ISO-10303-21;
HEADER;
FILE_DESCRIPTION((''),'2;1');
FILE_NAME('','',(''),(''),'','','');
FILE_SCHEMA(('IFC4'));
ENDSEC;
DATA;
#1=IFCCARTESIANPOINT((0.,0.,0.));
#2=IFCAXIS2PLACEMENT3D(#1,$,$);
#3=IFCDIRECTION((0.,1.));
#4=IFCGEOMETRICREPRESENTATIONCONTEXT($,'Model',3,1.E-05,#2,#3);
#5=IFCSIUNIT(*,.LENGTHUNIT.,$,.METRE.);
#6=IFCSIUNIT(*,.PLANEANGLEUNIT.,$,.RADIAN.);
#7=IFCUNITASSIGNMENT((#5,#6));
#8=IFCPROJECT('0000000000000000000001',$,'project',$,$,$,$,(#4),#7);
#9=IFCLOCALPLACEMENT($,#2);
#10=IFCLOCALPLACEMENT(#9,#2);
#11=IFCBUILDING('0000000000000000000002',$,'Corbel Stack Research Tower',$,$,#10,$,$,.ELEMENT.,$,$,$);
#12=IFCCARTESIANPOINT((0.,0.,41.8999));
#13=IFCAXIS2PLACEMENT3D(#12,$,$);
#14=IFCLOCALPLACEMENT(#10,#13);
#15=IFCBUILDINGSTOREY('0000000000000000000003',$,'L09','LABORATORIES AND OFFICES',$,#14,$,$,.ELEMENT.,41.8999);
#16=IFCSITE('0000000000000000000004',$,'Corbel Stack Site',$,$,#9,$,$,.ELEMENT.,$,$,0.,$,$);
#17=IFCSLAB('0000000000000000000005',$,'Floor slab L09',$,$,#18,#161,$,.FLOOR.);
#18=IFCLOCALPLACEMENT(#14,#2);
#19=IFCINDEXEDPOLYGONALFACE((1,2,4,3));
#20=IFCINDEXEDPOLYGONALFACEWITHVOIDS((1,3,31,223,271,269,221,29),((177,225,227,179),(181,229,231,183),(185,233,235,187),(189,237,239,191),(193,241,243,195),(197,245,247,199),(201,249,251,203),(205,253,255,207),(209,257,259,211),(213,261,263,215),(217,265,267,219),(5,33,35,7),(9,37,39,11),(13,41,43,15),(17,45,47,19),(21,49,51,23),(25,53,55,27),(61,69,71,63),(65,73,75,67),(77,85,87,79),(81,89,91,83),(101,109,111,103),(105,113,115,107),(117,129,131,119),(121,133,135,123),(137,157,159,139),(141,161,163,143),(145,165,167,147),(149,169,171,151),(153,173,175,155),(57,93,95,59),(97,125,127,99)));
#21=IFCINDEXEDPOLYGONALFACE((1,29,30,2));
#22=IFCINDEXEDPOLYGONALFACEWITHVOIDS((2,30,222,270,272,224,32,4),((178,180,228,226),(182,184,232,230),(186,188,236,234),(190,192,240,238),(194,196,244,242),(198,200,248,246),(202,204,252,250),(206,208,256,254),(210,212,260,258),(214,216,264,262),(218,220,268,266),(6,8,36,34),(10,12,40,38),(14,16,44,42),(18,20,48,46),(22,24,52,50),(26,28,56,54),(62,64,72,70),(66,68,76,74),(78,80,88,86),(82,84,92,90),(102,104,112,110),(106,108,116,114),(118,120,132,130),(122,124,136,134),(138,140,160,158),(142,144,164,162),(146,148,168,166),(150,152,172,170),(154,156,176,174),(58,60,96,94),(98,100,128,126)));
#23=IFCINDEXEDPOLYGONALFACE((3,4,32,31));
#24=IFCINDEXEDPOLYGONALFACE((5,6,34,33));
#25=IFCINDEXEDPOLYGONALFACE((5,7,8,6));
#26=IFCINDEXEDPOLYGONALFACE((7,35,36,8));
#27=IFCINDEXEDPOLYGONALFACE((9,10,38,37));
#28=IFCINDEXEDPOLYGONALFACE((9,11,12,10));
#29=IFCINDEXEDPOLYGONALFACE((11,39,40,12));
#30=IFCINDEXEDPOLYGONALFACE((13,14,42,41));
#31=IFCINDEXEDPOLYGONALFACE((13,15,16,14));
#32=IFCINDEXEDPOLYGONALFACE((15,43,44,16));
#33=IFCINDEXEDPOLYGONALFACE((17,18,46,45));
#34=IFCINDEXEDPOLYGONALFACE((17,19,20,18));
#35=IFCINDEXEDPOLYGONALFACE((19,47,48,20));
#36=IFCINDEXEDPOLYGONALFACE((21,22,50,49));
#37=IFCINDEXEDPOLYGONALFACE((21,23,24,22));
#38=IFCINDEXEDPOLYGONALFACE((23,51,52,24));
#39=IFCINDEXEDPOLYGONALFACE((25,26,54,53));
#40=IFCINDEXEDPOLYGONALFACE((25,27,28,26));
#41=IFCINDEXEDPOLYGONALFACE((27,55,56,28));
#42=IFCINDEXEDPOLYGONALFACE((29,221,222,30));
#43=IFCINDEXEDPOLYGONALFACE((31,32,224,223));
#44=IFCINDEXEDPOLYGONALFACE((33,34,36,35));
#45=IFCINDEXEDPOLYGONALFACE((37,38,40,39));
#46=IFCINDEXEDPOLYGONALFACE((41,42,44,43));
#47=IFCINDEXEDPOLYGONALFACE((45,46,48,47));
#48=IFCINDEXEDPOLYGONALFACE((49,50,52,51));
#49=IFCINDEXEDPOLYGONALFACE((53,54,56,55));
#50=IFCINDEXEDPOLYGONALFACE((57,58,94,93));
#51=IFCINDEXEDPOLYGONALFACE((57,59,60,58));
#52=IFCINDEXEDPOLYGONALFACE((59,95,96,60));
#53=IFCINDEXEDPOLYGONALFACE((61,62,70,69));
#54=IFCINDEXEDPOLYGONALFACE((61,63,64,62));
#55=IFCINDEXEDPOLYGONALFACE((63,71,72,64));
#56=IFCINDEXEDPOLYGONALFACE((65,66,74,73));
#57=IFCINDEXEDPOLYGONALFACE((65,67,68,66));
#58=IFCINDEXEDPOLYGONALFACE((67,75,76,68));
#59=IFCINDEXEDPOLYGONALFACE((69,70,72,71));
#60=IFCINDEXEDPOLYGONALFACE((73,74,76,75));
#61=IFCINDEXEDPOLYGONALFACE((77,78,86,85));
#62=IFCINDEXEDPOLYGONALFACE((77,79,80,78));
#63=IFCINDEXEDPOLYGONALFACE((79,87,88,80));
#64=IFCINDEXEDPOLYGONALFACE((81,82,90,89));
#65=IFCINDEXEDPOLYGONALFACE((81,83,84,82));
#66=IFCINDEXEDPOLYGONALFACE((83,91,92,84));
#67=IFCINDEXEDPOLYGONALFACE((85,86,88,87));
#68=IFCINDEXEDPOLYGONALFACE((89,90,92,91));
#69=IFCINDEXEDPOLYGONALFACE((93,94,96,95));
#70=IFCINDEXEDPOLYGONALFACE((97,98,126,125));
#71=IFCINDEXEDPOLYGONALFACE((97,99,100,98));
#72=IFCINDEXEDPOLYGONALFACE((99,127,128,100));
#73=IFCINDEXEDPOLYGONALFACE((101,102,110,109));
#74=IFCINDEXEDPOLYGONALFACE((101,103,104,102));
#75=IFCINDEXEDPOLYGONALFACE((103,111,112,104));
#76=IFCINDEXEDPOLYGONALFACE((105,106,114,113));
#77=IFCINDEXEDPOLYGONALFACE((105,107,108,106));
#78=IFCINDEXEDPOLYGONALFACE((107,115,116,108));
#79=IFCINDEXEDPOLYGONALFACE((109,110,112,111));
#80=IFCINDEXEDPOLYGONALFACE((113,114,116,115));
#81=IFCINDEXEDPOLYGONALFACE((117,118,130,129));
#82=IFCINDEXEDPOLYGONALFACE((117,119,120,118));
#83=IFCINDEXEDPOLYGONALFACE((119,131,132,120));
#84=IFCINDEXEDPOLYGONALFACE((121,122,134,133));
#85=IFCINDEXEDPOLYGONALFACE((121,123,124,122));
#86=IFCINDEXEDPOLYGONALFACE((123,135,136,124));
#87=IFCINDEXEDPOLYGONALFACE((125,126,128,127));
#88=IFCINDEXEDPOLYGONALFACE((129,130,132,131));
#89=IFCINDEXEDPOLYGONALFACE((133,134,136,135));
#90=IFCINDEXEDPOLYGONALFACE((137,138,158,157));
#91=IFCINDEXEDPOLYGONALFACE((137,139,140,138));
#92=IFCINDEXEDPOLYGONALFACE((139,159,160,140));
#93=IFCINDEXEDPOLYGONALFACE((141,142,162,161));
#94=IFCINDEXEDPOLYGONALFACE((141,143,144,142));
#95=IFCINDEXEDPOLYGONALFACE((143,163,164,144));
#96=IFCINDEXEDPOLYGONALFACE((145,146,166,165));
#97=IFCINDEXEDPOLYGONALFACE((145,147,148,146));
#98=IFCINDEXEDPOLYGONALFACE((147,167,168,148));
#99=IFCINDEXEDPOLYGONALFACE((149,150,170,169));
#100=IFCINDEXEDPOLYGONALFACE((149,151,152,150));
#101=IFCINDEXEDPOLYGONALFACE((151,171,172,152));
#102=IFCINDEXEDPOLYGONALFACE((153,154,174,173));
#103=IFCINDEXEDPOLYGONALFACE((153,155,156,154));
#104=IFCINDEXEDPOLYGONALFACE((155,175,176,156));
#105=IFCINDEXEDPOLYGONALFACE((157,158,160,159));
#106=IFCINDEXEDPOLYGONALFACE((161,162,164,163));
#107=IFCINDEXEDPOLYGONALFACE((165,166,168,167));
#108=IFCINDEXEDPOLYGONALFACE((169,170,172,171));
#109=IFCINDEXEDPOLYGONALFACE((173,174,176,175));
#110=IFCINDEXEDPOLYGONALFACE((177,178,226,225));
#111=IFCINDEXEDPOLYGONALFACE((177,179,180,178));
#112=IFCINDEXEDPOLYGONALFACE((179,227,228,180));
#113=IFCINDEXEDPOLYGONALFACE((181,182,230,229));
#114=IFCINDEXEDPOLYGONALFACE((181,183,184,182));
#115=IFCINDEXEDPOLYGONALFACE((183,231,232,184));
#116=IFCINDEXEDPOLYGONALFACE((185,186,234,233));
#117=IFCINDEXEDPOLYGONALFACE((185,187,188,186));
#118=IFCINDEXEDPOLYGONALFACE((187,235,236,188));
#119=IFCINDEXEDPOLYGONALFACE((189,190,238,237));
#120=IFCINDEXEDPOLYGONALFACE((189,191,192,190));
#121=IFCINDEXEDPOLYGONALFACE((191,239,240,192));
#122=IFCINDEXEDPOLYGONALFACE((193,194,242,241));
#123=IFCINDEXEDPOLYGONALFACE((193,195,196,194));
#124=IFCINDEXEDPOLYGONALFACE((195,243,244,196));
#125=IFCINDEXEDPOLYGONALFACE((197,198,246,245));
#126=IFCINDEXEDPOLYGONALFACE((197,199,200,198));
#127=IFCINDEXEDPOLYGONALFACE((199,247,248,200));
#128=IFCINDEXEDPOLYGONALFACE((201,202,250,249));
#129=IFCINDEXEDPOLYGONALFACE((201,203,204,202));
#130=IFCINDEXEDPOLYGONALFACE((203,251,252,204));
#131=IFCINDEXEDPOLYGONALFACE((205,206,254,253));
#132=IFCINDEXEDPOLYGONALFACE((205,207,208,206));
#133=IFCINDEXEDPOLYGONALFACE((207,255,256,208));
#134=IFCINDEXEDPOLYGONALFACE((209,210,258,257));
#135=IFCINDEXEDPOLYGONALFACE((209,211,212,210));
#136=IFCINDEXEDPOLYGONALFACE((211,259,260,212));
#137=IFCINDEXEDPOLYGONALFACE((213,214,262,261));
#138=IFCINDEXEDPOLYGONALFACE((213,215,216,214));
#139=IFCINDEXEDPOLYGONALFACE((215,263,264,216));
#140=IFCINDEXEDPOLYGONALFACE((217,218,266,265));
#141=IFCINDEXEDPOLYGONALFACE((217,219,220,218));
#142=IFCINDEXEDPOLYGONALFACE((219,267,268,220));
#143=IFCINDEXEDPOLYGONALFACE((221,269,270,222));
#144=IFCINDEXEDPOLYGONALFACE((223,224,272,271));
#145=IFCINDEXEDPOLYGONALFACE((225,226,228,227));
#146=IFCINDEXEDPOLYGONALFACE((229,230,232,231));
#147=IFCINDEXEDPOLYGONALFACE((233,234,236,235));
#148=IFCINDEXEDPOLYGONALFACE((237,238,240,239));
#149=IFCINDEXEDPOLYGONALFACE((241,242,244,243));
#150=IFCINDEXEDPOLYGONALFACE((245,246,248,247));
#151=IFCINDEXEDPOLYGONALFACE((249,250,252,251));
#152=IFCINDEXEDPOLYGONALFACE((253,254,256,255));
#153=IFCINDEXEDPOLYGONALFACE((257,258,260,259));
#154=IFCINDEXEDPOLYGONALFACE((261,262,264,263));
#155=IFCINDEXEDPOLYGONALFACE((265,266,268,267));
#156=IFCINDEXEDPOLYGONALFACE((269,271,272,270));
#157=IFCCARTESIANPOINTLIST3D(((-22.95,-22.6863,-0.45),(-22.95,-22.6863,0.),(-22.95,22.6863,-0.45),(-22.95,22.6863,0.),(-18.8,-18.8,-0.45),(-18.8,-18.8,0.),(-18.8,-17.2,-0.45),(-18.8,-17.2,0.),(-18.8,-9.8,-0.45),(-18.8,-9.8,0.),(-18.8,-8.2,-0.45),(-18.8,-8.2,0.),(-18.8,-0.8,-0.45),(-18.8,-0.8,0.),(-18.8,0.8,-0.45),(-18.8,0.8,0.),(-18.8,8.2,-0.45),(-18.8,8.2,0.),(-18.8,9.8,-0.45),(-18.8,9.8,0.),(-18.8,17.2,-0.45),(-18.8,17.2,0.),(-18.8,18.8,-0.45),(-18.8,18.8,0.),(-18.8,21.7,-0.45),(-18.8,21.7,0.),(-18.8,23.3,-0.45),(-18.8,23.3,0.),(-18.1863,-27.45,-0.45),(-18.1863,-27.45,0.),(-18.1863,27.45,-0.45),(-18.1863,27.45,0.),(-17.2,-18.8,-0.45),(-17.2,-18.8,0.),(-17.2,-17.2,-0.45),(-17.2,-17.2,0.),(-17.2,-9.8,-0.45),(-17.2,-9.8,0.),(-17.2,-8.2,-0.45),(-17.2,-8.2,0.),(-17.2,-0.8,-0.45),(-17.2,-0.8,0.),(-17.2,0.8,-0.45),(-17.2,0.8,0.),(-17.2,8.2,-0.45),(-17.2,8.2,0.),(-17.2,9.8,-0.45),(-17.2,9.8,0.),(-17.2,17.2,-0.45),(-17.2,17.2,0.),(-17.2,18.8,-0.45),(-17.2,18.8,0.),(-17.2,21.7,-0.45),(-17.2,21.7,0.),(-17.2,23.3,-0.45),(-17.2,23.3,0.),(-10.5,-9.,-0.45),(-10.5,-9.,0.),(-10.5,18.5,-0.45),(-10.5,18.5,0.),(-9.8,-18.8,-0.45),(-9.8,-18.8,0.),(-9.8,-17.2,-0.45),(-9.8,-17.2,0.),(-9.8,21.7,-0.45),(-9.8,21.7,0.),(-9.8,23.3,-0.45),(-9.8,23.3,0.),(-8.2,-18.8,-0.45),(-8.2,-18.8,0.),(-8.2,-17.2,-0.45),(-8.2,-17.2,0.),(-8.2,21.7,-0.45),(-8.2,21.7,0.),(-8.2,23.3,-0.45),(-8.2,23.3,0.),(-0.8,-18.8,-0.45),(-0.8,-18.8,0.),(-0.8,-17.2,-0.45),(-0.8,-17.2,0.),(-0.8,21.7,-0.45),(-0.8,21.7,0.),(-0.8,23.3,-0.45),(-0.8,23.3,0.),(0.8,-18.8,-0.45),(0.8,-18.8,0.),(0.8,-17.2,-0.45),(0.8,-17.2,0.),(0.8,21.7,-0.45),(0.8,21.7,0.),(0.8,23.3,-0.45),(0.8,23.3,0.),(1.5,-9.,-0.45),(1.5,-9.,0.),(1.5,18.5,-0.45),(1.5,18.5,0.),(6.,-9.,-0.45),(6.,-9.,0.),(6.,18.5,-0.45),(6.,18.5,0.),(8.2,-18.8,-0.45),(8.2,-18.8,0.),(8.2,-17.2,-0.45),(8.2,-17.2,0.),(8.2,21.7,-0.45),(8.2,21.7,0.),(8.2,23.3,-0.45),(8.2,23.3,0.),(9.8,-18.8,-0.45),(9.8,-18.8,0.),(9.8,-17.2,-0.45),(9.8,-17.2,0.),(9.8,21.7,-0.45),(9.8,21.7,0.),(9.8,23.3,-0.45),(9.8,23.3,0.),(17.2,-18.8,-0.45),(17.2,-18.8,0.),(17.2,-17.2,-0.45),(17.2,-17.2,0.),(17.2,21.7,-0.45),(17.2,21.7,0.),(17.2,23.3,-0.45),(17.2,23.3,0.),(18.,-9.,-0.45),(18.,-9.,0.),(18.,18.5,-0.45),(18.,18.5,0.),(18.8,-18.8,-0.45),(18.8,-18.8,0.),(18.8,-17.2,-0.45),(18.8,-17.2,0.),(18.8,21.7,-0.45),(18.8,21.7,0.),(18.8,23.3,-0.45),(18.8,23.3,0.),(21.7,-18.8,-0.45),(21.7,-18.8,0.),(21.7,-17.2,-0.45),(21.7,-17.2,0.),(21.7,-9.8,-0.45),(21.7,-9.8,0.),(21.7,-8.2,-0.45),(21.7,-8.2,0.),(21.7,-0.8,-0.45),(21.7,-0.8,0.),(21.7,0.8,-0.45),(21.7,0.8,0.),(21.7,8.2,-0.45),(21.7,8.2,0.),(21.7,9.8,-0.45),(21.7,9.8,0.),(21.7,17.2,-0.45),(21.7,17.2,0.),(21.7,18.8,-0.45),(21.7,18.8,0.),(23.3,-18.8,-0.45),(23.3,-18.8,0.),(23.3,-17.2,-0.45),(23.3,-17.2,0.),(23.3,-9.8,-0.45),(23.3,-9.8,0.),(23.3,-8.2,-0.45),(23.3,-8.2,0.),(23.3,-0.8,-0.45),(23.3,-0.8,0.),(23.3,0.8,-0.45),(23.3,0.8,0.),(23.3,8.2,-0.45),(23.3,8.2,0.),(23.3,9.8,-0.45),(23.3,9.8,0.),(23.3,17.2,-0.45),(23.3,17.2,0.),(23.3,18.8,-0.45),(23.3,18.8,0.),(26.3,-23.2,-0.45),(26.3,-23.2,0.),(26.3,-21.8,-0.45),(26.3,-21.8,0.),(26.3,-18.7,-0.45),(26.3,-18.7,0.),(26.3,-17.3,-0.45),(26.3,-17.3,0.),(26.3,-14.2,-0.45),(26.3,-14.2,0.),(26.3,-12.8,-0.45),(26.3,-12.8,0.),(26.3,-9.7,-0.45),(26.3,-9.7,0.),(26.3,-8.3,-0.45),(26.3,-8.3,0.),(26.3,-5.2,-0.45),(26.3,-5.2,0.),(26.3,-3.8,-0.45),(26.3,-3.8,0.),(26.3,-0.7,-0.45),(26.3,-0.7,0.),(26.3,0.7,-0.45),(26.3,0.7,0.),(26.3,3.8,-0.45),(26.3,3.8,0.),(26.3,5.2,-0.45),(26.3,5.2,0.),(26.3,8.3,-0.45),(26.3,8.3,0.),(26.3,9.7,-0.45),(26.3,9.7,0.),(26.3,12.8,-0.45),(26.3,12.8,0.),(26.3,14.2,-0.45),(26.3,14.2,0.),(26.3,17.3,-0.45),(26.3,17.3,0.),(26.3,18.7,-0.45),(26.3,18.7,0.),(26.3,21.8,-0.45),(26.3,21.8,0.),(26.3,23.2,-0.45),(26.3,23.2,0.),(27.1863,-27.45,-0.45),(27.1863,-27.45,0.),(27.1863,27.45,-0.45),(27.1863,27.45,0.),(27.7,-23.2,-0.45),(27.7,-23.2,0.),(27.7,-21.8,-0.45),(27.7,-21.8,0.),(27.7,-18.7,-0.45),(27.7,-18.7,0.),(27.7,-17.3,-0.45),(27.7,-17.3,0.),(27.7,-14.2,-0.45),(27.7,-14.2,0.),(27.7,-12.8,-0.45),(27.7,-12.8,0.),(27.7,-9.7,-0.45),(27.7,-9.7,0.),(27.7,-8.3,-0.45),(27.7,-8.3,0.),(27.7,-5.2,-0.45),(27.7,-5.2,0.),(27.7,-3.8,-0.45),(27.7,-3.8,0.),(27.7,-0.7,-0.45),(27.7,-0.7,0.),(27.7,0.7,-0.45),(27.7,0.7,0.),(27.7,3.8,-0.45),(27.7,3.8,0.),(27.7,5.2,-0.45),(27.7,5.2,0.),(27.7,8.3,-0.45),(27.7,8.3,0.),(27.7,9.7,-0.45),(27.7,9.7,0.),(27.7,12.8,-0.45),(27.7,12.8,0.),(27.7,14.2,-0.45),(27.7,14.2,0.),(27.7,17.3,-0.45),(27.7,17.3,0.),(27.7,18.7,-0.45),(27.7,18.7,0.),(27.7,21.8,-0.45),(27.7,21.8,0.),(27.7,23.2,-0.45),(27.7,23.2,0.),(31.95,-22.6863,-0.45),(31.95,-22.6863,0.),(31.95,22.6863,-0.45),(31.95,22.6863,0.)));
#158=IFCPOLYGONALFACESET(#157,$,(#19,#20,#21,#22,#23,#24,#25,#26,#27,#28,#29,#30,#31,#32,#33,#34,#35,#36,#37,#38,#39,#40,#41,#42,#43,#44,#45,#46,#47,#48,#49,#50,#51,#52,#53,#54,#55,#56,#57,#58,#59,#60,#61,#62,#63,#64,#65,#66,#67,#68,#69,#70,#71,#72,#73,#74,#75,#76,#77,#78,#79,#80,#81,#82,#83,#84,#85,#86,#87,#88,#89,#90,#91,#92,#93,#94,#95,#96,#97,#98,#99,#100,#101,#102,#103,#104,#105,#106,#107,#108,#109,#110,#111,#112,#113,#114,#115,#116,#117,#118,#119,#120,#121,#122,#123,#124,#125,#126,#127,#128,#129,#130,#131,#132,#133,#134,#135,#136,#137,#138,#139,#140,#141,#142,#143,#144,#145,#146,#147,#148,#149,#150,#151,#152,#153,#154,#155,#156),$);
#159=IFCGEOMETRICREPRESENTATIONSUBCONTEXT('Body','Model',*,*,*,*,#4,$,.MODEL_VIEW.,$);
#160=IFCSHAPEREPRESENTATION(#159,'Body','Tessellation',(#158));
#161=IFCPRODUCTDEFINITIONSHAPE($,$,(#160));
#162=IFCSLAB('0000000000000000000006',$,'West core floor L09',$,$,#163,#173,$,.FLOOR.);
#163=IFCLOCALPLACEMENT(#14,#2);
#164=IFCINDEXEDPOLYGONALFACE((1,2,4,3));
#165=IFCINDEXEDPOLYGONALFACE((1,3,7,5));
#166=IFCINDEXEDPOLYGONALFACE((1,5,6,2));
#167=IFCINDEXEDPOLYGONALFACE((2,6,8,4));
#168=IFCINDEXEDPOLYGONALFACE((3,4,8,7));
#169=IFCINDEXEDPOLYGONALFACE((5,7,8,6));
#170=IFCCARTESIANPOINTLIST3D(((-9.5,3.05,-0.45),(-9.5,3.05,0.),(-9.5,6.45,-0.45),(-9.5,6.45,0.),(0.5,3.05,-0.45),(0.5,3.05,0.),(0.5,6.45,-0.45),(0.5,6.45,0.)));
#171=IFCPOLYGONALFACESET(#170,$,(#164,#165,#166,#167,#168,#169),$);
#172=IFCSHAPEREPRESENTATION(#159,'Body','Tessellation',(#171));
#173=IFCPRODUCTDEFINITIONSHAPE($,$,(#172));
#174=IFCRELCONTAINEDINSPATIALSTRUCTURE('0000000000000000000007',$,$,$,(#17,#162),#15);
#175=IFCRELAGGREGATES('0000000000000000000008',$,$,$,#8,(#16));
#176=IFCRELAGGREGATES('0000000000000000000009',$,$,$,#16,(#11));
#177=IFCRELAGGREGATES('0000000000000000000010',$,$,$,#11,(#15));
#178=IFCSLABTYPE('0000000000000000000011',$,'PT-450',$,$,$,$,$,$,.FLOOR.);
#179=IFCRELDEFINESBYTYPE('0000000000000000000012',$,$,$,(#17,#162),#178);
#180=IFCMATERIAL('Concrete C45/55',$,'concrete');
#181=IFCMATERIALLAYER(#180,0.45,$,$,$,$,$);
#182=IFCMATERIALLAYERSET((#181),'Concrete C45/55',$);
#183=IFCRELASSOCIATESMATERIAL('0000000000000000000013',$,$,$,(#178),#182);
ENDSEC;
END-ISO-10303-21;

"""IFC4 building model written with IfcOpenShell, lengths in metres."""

from ifc_helpers import new_model, si_unit, direction, frame, origin, place, context, subcontext, project, spatial, polyline, outline, extrude, material, layer, layer_set, type_object, element, save


model = new_model("IFC4")

# Units and contexts
model_context = context("Model", 3, precision=1e-05, world=origin(), true_north=direction((0.0, 1.0)))
body_context = subcontext(model_context, "Body", "Model", "MODEL_VIEW")
ifc_project = project(units=[si_unit("LENGTHUNIT", "METRE"), si_unit("PLANEANGLEUNIT", "RADIAN")], contexts=[model_context])

# Site, building, storey
site_placement = place(None, origin())
site = spatial("IfcSite", under=ifc_project, at=site_placement, Name="Corbel Stack Site", CompositionType="ELEMENT", RefElevation=0.0)
building_placement = place(site_placement, origin())
building = spatial("IfcBuilding", under=site, at=building_placement, Name="Corbel Stack Research Tower", CompositionType="ELEMENT")
storey_placement = place(building_placement, frame((0.0, 0.0, 41.8999)))
storey = spatial("IfcBuildingStorey", under=building, at=storey_placement, Name="L09", Description="LABORATORIES AND OFFICES", CompositionType="ELEMENT", Elevation=41.8999)

# Slabs
ifc_material_1 = material(Name="Concrete C45/55", Category="concrete")
ifc_layer_1 = layer(ifc_material_1, 0.45)
ifc_layer_set_1 = layer_set([ifc_layer_1], Name="Concrete C45/55")
slab_type_1 = type_object("IfcSlabType", Name="PT-450", PredefinedType="FLOOR", material=ifc_layer_set_1)
slab_1_placement = place(storey_placement, frame((0.0, 0.0, -0.45)))
element("IfcSlab", 1, at=slab_1_placement, inside=storey, type_object=slab_type_1, Name="Floor slab L09", PredefinedType="FLOOR", context=body_context, shape_type="SweptSolid", body=[
    extrude(outline(polyline([(-18.1863, -27.45), (27.1863, -27.45), (31.95, -22.6863), (31.95, 22.6863), (27.1863, 27.45), (-18.1863, 27.45), (-22.95, 22.6863), (-22.95, -22.6863), (-18.1863, -27.45)]), holes=[polyline([(26.3, 21.8), (26.3, 23.2), (27.7, 23.2), (27.7, 21.8), (26.3, 21.8)]), polyline([(26.3, -23.2), (26.3, -21.8), (27.7, -21.8), (27.7, -23.2), (26.3, -23.2)]), polyline([(26.3, -18.7), (26.3, -17.3), (27.7, -17.3), (27.7, -18.7), (26.3, -18.7)]), polyline([(26.3, -14.2), (26.3, -12.8), (27.7, -12.8), (27.7, -14.2), (26.3, -14.2)]), polyline([(26.3, -9.7), (26.3, -8.3), (27.7, -8.3), (27.7, -9.7), (26.3, -9.7)]), polyline([(26.3, -5.2), (26.3, -3.8), (27.7, -3.8), (27.7, -5.2), (26.3, -5.2)]), polyline([(26.3, -0.7), (26.3, 0.7), (27.7, 0.7), (27.7, -0.7), (26.3, -0.7)]), polyline([(26.3, 3.8), (26.3, 5.2), (27.7, 5.2), (27.7, 3.8), (26.3, 3.8)]), polyline([(26.3, 8.3), (26.3, 9.7), (27.7, 9.7), (27.7, 8.3), (26.3, 8.3)]), polyline([(26.3, 12.8), (26.3, 14.2), (27.7, 14.2), (27.7, 12.8), (26.3, 12.8)]), polyline([(26.3, 17.3), (26.3, 18.7), (27.7, 18.7), (27.7, 17.3), (26.3, 17.3)]), polyline([(21.7, 17.2), (21.7, 18.8), (23.3, 18.8), (23.3, 17.2), (21.7, 17.2)]), polyline([(21.7, 8.2), (21.7, 9.8), (23.3, 9.8), (23.3, 8.2), (21.7, 8.2)]), polyline([(21.7, -0.8), (21.7, 0.8), (23.3, 0.8), (23.3, -0.8), (21.7, -0.8)]), polyline([(21.7, -9.8), (21.7, -8.2), (23.3, -8.2), (23.3, -9.8), (21.7, -9.8)]), polyline([(21.7, -18.8), (21.7, -17.2), (23.3, -17.2), (23.3, -18.8), (21.7, -18.8)]), polyline([(17.2, 21.7), (17.2, 23.3), (18.8, 23.3), (18.8, 21.7), (17.2, 21.7)]), polyline([(17.2, -18.8), (17.2, -17.2), (18.8, -17.2), (18.8, -18.8), (17.2, -18.8)]), polyline([(6.0, -9.0), (6.0, 18.5), (18.0, 18.5), (18.0, -9.0), (6.0, -9.0)]), polyline([(8.2, 21.7), (8.2, 23.3), (9.8, 23.3), (9.8, 21.7), (8.2, 21.7)]), polyline([(8.2, -18.8), (8.2, -17.2), (9.8, -17.2), (9.8, -18.8), (8.2, -18.8)]), polyline([(-10.5, -9.0), (-10.5, 18.5), (1.5, 18.5), (1.5, -9.0), (-10.5, -9.0)]), polyline([(-0.8, 21.7), (-0.8, 23.3), (0.8, 23.3), (0.8, 21.7), (-0.8, 21.7)]), polyline([(-0.8, -18.8), (-0.8, -17.2), (0.8, -17.2), (0.8, -18.8), (-0.8, -18.8)]), polyline([(-9.8, 21.7), (-9.8, 23.3), (-8.2, 23.3), (-8.2, 21.7), (-9.8, 21.7)]), polyline([(-9.8, -18.8), (-9.8, -17.2), (-8.2, -17.2), (-8.2, -18.8), (-9.8, -18.8)]), polyline([(-18.8, 21.7), (-18.8, 23.3), (-17.2, 23.3), (-17.2, 21.7), (-18.8, 21.7)]), polyline([(-18.8, 17.2), (-18.8, 18.8), (-17.2, 18.8), (-17.2, 17.2), (-18.8, 17.2)]), polyline([(-18.8, 8.2), (-18.8, 9.8), (-17.2, 9.8), (-17.2, 8.2), (-18.8, 8.2)]), polyline([(-18.8, -0.8), (-18.8, 0.8), (-17.2, 0.8), (-17.2, -0.8), (-18.8, -0.8)]), polyline([(-18.8, -9.8), (-18.8, -8.2), (-17.2, -8.2), (-17.2, -9.8), (-18.8, -9.8)]), polyline([(-18.8, -18.8), (-18.8, -17.2), (-17.2, -17.2), (-17.2, -18.8), (-18.8, -18.8)])]), origin(), (0.0, 0.0, 1.0), 0.45),
])
slab_2_placement = place(storey_placement, frame((0.0, 0.0, -0.45)))
element("IfcSlab", 2, at=slab_2_placement, inside=storey, type_object=slab_type_1, Name="West core floor L09", PredefinedType="FLOOR", context=body_context, shape_type="SweptSolid", body=[
    extrude(outline(polyline([(-9.5, 6.45), (-9.5, 3.05), (0.5, 3.05), (0.5, 6.45), (-9.5, 6.45)])), origin(), (0.0, 0.0, 1.0), 0.45),
])

save(model, "model.ifc")
